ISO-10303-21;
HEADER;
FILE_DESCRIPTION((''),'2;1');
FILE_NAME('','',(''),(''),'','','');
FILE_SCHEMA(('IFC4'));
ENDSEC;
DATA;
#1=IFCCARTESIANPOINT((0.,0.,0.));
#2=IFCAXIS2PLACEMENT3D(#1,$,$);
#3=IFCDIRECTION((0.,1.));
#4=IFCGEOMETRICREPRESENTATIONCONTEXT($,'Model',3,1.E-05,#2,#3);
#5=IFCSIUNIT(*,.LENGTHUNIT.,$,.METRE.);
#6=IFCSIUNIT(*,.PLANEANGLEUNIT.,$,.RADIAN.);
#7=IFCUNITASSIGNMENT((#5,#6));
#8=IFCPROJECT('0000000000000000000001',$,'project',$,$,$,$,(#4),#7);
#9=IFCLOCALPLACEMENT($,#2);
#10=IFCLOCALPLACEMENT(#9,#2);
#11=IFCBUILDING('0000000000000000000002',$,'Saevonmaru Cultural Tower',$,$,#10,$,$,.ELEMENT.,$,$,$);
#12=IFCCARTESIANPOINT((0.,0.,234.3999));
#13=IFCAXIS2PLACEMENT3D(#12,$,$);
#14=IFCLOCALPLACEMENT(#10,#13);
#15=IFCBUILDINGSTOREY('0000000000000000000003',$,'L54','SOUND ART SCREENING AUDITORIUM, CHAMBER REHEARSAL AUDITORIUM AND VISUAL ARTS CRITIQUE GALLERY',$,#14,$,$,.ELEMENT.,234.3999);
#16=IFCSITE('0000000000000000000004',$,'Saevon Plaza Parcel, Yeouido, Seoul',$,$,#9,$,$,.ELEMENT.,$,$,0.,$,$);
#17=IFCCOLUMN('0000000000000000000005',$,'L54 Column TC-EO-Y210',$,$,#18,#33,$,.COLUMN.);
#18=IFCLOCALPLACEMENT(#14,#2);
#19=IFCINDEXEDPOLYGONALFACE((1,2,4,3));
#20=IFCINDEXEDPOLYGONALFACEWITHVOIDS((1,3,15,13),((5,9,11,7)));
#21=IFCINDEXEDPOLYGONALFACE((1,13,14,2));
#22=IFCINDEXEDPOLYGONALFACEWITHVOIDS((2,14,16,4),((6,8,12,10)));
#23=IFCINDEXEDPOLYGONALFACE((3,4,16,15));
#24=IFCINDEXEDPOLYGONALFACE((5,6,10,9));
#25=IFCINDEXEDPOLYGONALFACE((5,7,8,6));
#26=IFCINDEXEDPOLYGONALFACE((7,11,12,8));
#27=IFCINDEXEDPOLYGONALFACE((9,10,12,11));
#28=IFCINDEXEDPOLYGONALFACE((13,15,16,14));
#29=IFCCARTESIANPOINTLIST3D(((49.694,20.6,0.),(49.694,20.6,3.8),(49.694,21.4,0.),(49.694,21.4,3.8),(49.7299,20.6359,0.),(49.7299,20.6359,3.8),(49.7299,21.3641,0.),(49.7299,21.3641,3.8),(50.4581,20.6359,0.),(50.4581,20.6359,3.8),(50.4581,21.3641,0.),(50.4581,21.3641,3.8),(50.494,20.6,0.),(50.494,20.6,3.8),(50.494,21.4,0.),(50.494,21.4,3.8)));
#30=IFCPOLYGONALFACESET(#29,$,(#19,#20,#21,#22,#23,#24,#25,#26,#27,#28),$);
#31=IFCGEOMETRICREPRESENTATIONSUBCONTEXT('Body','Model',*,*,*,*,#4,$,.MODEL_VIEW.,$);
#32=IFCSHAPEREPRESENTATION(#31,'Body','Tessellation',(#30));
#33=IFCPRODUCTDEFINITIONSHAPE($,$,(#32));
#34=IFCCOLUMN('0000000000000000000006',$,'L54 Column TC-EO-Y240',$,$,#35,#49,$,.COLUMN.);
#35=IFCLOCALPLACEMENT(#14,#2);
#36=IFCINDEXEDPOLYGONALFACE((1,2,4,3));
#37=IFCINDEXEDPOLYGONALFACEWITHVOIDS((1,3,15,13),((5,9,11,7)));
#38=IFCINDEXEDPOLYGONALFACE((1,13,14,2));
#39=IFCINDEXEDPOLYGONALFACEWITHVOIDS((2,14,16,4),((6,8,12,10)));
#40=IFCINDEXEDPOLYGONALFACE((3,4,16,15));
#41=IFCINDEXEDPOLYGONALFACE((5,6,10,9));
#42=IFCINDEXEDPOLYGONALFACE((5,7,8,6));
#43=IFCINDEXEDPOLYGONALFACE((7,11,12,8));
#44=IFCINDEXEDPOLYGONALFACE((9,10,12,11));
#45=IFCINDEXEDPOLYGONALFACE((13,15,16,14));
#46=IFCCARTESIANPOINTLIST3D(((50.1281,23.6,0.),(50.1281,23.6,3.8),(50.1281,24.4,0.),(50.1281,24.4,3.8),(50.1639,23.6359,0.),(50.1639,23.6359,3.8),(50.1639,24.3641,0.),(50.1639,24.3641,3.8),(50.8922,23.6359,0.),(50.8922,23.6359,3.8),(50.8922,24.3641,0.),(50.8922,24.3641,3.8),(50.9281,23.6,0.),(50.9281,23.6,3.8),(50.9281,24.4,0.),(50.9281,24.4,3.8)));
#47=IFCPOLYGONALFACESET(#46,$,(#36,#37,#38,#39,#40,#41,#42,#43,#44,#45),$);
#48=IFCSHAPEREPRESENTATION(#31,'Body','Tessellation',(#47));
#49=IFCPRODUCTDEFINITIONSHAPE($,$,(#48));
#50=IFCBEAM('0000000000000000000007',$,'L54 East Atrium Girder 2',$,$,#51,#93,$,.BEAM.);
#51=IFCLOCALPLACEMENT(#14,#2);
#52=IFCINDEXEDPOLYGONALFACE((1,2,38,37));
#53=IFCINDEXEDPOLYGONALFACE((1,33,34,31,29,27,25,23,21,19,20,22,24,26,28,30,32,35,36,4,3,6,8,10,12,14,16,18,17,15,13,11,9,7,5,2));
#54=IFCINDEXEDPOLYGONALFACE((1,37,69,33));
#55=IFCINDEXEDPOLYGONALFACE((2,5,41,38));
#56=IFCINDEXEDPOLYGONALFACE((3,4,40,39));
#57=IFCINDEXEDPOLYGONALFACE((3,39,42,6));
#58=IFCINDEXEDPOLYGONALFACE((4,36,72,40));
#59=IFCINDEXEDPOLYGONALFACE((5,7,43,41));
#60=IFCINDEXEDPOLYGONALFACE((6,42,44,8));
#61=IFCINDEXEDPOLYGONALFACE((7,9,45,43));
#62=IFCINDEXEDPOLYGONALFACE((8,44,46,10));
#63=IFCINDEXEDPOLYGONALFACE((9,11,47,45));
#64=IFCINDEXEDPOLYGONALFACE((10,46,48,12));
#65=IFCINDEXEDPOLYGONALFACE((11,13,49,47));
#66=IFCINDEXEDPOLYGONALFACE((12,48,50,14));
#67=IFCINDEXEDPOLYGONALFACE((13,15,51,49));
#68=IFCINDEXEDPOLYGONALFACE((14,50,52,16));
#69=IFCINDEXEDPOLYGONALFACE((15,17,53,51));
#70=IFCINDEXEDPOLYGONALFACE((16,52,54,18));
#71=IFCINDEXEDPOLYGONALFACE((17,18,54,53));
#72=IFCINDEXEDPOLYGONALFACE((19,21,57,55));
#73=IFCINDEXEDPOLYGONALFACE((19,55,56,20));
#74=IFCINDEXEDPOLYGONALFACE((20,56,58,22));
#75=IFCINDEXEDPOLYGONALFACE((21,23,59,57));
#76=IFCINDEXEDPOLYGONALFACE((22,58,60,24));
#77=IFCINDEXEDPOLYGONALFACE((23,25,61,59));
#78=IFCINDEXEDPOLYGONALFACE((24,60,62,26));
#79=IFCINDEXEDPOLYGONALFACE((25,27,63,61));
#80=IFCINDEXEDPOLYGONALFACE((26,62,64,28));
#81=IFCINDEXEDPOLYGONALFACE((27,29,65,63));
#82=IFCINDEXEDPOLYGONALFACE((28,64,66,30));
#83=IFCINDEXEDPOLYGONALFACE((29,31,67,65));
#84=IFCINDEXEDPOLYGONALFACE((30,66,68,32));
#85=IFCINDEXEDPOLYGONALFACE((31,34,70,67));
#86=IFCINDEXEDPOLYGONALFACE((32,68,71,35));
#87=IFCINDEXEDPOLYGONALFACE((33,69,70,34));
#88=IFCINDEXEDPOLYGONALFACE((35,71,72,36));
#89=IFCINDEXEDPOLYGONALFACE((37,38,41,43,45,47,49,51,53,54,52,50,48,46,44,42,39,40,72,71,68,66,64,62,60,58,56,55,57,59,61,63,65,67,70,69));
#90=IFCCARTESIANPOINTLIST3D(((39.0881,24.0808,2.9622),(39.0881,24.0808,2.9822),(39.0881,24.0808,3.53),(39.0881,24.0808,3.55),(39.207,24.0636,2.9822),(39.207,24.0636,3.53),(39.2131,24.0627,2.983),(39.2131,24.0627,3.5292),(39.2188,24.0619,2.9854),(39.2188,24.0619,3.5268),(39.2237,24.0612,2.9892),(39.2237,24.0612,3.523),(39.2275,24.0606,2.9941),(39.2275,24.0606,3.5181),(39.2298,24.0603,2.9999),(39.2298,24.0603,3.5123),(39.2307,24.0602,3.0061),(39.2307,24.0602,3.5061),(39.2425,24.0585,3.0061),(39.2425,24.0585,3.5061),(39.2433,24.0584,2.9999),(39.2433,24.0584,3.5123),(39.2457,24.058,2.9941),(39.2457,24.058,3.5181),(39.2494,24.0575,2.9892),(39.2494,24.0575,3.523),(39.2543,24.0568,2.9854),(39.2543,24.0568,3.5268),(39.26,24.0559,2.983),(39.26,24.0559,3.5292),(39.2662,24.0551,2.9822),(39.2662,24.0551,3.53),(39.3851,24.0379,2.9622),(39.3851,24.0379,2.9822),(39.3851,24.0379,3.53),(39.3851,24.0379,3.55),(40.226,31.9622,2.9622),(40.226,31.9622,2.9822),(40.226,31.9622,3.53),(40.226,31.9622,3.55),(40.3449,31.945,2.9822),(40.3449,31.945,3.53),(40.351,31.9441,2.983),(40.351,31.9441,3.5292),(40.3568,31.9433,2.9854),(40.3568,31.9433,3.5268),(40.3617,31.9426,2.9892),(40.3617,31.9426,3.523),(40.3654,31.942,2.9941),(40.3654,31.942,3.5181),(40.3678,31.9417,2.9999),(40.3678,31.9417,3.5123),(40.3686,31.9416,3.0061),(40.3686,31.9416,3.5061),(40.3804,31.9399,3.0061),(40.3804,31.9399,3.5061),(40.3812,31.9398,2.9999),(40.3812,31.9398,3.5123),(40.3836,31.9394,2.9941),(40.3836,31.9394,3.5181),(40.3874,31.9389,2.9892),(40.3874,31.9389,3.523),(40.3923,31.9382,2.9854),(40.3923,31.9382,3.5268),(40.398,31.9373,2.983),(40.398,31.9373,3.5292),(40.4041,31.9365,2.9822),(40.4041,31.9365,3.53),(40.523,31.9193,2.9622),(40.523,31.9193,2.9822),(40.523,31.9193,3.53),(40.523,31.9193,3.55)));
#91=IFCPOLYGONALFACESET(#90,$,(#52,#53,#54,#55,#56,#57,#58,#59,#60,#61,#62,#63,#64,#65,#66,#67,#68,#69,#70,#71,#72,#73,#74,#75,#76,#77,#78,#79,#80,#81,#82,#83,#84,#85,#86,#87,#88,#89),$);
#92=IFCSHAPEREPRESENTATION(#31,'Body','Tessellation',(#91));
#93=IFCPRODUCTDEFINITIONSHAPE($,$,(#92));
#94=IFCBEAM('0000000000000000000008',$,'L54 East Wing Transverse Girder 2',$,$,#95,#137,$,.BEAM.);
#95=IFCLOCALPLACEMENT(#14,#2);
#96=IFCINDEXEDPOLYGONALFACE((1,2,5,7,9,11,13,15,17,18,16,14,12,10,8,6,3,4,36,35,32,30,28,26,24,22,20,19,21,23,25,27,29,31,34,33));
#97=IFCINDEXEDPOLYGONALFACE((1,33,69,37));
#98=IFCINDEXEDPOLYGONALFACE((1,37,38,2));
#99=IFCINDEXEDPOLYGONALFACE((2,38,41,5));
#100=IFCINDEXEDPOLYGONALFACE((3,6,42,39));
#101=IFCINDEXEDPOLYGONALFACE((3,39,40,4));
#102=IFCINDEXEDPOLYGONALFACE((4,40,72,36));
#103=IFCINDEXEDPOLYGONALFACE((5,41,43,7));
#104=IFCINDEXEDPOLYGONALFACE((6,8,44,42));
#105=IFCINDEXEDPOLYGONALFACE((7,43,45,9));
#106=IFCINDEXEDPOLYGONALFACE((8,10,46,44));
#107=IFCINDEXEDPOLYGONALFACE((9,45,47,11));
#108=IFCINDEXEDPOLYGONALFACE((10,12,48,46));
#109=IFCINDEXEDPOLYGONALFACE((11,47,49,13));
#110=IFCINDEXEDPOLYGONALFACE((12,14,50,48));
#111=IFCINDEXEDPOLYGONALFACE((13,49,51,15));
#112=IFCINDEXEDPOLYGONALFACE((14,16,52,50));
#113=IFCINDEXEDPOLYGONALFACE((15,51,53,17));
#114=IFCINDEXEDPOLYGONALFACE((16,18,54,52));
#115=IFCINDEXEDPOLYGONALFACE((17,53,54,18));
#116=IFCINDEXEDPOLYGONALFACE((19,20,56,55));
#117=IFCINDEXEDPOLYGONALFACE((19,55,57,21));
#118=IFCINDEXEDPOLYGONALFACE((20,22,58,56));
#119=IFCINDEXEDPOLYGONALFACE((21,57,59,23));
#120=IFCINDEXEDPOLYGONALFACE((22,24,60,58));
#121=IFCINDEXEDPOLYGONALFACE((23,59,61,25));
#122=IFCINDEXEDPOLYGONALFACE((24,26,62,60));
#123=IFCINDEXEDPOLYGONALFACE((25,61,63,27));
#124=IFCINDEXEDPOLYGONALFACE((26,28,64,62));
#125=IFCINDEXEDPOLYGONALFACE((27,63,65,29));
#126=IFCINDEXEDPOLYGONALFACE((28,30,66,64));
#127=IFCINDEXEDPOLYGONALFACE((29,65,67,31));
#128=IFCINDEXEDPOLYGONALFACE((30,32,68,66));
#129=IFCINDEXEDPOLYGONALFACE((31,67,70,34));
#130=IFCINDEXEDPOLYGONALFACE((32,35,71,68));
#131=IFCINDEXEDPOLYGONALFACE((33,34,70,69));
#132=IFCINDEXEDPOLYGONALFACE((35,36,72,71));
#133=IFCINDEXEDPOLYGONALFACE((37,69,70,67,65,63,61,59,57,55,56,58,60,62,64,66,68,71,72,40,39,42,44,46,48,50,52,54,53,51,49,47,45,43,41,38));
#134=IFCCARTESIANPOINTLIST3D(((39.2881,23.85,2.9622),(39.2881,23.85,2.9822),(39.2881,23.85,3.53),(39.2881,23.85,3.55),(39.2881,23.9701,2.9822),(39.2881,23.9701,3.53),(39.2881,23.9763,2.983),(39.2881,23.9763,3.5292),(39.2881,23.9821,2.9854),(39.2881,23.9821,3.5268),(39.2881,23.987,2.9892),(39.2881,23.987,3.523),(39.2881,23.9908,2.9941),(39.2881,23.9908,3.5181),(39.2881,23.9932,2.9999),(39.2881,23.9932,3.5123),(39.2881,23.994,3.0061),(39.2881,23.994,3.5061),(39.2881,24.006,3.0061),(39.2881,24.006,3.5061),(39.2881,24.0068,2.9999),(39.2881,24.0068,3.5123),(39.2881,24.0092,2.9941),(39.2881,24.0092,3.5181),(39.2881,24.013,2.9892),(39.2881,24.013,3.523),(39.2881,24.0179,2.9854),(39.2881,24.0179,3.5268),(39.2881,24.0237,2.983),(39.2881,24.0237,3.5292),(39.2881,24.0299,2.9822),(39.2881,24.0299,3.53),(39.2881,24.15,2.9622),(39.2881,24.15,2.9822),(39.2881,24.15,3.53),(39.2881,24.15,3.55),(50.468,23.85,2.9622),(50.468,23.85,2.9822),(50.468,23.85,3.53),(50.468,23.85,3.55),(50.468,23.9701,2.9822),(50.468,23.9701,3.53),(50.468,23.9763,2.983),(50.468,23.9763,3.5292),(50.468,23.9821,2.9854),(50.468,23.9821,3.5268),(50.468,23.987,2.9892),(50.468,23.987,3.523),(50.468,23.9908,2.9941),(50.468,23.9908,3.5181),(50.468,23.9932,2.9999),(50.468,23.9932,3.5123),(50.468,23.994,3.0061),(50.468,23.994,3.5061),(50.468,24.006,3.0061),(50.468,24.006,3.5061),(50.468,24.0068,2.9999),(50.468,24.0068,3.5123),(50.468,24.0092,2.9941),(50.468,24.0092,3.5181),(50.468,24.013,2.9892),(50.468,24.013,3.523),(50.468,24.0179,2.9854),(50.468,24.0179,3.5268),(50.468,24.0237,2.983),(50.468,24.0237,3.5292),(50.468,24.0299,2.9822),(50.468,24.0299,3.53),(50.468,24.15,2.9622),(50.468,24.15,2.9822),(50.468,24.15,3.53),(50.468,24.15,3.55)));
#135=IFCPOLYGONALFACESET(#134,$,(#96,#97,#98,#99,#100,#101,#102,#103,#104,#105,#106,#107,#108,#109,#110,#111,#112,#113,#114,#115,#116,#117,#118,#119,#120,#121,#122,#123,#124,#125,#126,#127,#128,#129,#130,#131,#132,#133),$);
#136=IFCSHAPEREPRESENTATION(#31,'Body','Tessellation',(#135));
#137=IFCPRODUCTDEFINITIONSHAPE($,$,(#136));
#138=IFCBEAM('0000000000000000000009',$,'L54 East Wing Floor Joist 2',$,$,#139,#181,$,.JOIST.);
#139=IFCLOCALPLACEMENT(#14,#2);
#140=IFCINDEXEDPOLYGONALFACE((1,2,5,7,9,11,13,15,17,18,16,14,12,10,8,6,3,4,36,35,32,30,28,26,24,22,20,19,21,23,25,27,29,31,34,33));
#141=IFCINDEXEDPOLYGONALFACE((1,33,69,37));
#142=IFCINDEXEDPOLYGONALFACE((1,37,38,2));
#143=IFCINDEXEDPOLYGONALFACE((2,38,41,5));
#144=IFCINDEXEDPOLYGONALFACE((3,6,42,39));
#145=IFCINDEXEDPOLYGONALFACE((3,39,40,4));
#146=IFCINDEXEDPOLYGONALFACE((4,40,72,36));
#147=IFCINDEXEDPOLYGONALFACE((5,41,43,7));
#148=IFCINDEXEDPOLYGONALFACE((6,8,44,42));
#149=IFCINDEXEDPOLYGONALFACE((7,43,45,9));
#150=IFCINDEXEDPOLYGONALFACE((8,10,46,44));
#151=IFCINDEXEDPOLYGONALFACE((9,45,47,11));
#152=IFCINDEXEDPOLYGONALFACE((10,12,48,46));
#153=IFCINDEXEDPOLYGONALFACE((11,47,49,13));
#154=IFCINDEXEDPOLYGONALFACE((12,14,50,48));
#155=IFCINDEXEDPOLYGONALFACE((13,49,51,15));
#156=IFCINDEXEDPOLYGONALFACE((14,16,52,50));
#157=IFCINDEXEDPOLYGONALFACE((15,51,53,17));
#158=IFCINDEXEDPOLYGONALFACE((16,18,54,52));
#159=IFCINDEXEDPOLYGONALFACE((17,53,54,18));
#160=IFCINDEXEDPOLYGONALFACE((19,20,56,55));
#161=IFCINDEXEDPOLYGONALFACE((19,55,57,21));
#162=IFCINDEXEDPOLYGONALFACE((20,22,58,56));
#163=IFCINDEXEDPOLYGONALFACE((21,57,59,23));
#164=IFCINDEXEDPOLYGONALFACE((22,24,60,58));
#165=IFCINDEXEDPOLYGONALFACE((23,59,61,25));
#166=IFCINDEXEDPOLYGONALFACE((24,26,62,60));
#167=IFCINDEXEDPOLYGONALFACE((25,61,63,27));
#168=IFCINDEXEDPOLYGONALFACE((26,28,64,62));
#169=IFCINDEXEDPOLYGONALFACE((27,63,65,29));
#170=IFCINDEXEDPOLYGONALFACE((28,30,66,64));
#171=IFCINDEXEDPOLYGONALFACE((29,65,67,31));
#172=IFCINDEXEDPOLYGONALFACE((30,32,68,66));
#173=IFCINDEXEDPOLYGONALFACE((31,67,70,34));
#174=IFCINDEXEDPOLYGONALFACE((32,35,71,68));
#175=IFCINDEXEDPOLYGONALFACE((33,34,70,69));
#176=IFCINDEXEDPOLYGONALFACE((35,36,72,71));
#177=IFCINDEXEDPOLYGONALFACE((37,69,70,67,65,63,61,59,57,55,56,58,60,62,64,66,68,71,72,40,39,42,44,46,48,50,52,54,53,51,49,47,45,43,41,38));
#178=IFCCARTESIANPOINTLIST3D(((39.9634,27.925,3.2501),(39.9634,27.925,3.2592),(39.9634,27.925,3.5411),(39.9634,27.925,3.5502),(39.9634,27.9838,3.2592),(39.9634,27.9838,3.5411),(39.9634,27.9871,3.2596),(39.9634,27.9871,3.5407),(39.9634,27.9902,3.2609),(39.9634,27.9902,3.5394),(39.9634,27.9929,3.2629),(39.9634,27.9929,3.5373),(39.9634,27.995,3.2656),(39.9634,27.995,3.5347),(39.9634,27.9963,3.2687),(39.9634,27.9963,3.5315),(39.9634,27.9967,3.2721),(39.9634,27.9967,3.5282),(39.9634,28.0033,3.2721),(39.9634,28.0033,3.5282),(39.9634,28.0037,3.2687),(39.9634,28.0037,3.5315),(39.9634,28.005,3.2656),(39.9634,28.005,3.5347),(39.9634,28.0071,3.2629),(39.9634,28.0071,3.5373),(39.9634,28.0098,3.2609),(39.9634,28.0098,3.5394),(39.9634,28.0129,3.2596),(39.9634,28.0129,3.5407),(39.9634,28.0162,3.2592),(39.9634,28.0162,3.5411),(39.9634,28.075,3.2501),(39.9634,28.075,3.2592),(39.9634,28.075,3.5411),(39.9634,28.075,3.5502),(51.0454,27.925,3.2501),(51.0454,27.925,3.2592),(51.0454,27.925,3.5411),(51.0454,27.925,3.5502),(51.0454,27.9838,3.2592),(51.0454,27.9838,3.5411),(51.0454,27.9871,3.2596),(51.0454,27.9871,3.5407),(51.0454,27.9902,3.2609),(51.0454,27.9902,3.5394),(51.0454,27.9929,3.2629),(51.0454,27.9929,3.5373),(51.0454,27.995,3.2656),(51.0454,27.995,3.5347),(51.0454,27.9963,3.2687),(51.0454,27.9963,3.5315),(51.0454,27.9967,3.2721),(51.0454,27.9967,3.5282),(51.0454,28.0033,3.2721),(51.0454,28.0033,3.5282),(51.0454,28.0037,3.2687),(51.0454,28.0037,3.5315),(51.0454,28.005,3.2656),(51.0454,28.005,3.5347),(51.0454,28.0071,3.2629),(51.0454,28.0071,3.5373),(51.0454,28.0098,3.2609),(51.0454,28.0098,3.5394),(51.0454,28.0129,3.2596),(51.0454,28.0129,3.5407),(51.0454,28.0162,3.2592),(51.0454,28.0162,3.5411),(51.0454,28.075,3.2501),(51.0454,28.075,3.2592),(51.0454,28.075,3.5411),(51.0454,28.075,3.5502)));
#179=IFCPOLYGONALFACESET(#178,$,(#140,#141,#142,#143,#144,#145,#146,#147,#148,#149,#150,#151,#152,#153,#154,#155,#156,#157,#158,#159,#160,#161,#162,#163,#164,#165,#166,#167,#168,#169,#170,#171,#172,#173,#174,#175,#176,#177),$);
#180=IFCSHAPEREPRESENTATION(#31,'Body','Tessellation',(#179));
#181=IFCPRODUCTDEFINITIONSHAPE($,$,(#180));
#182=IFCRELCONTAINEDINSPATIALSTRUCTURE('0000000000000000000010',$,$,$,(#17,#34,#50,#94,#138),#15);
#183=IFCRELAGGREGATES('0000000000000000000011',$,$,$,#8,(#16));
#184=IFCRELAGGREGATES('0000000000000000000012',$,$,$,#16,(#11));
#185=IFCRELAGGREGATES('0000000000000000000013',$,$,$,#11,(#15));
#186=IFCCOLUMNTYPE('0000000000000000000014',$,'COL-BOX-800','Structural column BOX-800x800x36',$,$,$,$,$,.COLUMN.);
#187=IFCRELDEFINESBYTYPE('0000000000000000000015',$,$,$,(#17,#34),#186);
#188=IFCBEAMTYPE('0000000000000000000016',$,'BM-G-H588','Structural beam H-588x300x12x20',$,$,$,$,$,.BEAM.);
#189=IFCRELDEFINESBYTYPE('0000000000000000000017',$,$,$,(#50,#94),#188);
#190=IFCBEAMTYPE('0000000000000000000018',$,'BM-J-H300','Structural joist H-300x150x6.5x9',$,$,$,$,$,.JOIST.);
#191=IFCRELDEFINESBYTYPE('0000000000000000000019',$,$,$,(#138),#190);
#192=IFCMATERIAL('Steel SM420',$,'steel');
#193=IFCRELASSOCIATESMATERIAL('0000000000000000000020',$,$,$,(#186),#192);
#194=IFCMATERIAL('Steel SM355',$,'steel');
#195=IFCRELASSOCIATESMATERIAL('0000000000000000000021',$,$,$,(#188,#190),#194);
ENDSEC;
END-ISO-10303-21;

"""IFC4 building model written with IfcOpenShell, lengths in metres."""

from ifc_helpers import new_model, si_unit, direction, frame, origin, origin_2d, place, context, subcontext, project, spatial, hollow_rectangle, i_section, extrude, material, material_profile, profile_set, type_object, element, save


model = new_model("IFC4")

# Units and contexts
model_context = context("Model", 3, precision=1e-05, world=origin(), true_north=direction((0.0, 1.0)))
body_context = subcontext(model_context, "Body", "Model", "MODEL_VIEW")
ifc_project = project(units=[si_unit("LENGTHUNIT", "METRE"), si_unit("PLANEANGLEUNIT", "RADIAN")], contexts=[model_context])

# Site, building, storey
site_placement = place(None, origin())
site = spatial("IfcSite", under=ifc_project, at=site_placement, Name="Saevon Plaza Parcel, Yeouido, Seoul", CompositionType="ELEMENT", RefElevation=0.0)
building_placement = place(site_placement, origin())
building = spatial("IfcBuilding", under=site, at=building_placement, Name="Saevonmaru Cultural Tower", CompositionType="ELEMENT")
storey_placement = place(building_placement, frame((0.0, 0.0, 234.3999)))
storey = spatial("IfcBuildingStorey", under=building, at=storey_placement, Name="L54", Description="SOUND ART SCREENING AUDITORIUM, CHAMBER REHEARSAL AUDITORIUM AND VISUAL ARTS CRITIQUE GALLERY", CompositionType="ELEMENT", Elevation=234.3999)

# Columns
ifc_material_1 = material(Name="Steel SM420", Category="steel")
ifc_material_profile_1 = material_profile(ifc_material_1, hollow_rectangle(XDim=0.8, YDim=0.8, WallThickness=0.0359, at=origin_2d()), Name="BOX-800x800x36")
ifc_profile_set_1 = profile_set([ifc_material_profile_1], Name="Steel SM420")
column_type = type_object("IfcColumnType", Name="COL-BOX-800", Description="Structural column BOX-800x800x36", PredefinedType="COLUMN", material=ifc_profile_set_1)
for number, where, z_axis, x_axis, name in (
    (1, (50.094, 21.0, 0.0), (0.0, 0.0, 1.0), (1.0, 0.0, 0.0), "L54 Column TC-EO-Y210"),
    (2, (50.5281, 24.0, 0.0), (0.0, 0.0, 1.0), (1.0, 0.0, 0.0), "L54 Column TC-EO-Y240"),
):
    element("IfcColumn", number, at=place(storey_placement, frame(where, z_axis=z_axis, x_axis=x_axis)), inside=storey, type_object=column_type, Name=name, PredefinedType="COLUMN", context=body_context, shape_type="SweptSolid", body=[
        extrude(hollow_rectangle(XDim=0.8, YDim=0.8, WallThickness=0.0359, at=origin_2d()), origin(), (0.0, 0.0, 1.0), 3.8),
    ])

# Beams
ifc_material_2 = material(Name="Steel SM355", Category="steel")
ifc_material_profile_2 = material_profile(ifc_material_2, i_section(OverallWidth=0.3, OverallDepth=0.5879, WebThickness=0.012, FlangeThickness=0.02, FilletRadius=0.0239, at=origin_2d()), Name="H-588x300x12x20")
ifc_profile_set_2 = profile_set([ifc_material_profile_2], Name="Steel SM355")
beam_type_1 = type_object("IfcBeamType", Name="BM-G-H588", Description="Structural beam H-588x300x12x20", PredefinedType="BEAM", material=ifc_profile_set_2)
beam_1_placement = place(storey_placement, frame((39.2366, 24.0593, 3.2561), z_axis=(0.142902, 0.989737, 0.0), x_axis=(-0.989737, 0.142902, 0.0)))
element("IfcBeam", 3, at=beam_1_placement, inside=storey, type_object=beam_type_1, Name="L54 East Atrium Girder 2", PredefinedType="BEAM", context=body_context, shape_type="SweptSolid", body=[
    extrude(i_section(OverallWidth=0.3, OverallDepth=0.5879, WebThickness=0.012, FlangeThickness=0.02, FilletRadius=0.0239, at=origin_2d()), origin(), (0.0, 0.0, 1.0), 7.9631),
])
beam_2_placement = place(storey_placement, frame((39.2881, 24.0, 3.2561), z_axis=(1.0, 0.0, 0.0), x_axis=(0.0, 1.0, 0.0)))
element("IfcBeam", 4, at=beam_2_placement, inside=storey, type_object=beam_type_1, Name="L54 East Wing Transverse Girder 2", PredefinedType="BEAM", context=body_context, shape_type="SweptSolid", body=[
    extrude(i_section(OverallWidth=0.3, OverallDepth=0.5879, WebThickness=0.012, FlangeThickness=0.02, FilletRadius=0.0239, at=origin_2d()), origin(), (0.0, 0.0, 1.0), 11.1799),
])
ifc_material_profile_3 = material_profile(ifc_material_2, i_section(OverallWidth=0.1499, OverallDepth=0.3, WebThickness=0.0066, FlangeThickness=0.009, FilletRadius=0.0129, at=origin_2d()), Name="H-300x150x6.5x9")
ifc_profile_set_3 = profile_set([ifc_material_profile_3], Name="Steel SM355")
beam_type_2 = type_object("IfcBeamType", Name="BM-J-H300", Description="Structural joist H-300x150x6.5x9", PredefinedType="JOIST", material=ifc_profile_set_3)
beam_3_placement = place(storey_placement, frame((39.9634, 28.0, 3.4001), z_axis=(1.0, 0.0, 0.0), x_axis=(0.0, 1.0, 0.0)))
element("IfcBeam", 5, at=beam_3_placement, inside=storey, type_object=beam_type_2, Name="L54 East Wing Floor Joist 2", PredefinedType="JOIST", context=body_context, shape_type="SweptSolid", body=[
    extrude(i_section(OverallWidth=0.1499, OverallDepth=0.3, WebThickness=0.0066, FlangeThickness=0.009, FilletRadius=0.0129, at=origin_2d()), origin(), (0.0, 0.0, 1.0), 11.082),
])

save(model, "model.ifc")
